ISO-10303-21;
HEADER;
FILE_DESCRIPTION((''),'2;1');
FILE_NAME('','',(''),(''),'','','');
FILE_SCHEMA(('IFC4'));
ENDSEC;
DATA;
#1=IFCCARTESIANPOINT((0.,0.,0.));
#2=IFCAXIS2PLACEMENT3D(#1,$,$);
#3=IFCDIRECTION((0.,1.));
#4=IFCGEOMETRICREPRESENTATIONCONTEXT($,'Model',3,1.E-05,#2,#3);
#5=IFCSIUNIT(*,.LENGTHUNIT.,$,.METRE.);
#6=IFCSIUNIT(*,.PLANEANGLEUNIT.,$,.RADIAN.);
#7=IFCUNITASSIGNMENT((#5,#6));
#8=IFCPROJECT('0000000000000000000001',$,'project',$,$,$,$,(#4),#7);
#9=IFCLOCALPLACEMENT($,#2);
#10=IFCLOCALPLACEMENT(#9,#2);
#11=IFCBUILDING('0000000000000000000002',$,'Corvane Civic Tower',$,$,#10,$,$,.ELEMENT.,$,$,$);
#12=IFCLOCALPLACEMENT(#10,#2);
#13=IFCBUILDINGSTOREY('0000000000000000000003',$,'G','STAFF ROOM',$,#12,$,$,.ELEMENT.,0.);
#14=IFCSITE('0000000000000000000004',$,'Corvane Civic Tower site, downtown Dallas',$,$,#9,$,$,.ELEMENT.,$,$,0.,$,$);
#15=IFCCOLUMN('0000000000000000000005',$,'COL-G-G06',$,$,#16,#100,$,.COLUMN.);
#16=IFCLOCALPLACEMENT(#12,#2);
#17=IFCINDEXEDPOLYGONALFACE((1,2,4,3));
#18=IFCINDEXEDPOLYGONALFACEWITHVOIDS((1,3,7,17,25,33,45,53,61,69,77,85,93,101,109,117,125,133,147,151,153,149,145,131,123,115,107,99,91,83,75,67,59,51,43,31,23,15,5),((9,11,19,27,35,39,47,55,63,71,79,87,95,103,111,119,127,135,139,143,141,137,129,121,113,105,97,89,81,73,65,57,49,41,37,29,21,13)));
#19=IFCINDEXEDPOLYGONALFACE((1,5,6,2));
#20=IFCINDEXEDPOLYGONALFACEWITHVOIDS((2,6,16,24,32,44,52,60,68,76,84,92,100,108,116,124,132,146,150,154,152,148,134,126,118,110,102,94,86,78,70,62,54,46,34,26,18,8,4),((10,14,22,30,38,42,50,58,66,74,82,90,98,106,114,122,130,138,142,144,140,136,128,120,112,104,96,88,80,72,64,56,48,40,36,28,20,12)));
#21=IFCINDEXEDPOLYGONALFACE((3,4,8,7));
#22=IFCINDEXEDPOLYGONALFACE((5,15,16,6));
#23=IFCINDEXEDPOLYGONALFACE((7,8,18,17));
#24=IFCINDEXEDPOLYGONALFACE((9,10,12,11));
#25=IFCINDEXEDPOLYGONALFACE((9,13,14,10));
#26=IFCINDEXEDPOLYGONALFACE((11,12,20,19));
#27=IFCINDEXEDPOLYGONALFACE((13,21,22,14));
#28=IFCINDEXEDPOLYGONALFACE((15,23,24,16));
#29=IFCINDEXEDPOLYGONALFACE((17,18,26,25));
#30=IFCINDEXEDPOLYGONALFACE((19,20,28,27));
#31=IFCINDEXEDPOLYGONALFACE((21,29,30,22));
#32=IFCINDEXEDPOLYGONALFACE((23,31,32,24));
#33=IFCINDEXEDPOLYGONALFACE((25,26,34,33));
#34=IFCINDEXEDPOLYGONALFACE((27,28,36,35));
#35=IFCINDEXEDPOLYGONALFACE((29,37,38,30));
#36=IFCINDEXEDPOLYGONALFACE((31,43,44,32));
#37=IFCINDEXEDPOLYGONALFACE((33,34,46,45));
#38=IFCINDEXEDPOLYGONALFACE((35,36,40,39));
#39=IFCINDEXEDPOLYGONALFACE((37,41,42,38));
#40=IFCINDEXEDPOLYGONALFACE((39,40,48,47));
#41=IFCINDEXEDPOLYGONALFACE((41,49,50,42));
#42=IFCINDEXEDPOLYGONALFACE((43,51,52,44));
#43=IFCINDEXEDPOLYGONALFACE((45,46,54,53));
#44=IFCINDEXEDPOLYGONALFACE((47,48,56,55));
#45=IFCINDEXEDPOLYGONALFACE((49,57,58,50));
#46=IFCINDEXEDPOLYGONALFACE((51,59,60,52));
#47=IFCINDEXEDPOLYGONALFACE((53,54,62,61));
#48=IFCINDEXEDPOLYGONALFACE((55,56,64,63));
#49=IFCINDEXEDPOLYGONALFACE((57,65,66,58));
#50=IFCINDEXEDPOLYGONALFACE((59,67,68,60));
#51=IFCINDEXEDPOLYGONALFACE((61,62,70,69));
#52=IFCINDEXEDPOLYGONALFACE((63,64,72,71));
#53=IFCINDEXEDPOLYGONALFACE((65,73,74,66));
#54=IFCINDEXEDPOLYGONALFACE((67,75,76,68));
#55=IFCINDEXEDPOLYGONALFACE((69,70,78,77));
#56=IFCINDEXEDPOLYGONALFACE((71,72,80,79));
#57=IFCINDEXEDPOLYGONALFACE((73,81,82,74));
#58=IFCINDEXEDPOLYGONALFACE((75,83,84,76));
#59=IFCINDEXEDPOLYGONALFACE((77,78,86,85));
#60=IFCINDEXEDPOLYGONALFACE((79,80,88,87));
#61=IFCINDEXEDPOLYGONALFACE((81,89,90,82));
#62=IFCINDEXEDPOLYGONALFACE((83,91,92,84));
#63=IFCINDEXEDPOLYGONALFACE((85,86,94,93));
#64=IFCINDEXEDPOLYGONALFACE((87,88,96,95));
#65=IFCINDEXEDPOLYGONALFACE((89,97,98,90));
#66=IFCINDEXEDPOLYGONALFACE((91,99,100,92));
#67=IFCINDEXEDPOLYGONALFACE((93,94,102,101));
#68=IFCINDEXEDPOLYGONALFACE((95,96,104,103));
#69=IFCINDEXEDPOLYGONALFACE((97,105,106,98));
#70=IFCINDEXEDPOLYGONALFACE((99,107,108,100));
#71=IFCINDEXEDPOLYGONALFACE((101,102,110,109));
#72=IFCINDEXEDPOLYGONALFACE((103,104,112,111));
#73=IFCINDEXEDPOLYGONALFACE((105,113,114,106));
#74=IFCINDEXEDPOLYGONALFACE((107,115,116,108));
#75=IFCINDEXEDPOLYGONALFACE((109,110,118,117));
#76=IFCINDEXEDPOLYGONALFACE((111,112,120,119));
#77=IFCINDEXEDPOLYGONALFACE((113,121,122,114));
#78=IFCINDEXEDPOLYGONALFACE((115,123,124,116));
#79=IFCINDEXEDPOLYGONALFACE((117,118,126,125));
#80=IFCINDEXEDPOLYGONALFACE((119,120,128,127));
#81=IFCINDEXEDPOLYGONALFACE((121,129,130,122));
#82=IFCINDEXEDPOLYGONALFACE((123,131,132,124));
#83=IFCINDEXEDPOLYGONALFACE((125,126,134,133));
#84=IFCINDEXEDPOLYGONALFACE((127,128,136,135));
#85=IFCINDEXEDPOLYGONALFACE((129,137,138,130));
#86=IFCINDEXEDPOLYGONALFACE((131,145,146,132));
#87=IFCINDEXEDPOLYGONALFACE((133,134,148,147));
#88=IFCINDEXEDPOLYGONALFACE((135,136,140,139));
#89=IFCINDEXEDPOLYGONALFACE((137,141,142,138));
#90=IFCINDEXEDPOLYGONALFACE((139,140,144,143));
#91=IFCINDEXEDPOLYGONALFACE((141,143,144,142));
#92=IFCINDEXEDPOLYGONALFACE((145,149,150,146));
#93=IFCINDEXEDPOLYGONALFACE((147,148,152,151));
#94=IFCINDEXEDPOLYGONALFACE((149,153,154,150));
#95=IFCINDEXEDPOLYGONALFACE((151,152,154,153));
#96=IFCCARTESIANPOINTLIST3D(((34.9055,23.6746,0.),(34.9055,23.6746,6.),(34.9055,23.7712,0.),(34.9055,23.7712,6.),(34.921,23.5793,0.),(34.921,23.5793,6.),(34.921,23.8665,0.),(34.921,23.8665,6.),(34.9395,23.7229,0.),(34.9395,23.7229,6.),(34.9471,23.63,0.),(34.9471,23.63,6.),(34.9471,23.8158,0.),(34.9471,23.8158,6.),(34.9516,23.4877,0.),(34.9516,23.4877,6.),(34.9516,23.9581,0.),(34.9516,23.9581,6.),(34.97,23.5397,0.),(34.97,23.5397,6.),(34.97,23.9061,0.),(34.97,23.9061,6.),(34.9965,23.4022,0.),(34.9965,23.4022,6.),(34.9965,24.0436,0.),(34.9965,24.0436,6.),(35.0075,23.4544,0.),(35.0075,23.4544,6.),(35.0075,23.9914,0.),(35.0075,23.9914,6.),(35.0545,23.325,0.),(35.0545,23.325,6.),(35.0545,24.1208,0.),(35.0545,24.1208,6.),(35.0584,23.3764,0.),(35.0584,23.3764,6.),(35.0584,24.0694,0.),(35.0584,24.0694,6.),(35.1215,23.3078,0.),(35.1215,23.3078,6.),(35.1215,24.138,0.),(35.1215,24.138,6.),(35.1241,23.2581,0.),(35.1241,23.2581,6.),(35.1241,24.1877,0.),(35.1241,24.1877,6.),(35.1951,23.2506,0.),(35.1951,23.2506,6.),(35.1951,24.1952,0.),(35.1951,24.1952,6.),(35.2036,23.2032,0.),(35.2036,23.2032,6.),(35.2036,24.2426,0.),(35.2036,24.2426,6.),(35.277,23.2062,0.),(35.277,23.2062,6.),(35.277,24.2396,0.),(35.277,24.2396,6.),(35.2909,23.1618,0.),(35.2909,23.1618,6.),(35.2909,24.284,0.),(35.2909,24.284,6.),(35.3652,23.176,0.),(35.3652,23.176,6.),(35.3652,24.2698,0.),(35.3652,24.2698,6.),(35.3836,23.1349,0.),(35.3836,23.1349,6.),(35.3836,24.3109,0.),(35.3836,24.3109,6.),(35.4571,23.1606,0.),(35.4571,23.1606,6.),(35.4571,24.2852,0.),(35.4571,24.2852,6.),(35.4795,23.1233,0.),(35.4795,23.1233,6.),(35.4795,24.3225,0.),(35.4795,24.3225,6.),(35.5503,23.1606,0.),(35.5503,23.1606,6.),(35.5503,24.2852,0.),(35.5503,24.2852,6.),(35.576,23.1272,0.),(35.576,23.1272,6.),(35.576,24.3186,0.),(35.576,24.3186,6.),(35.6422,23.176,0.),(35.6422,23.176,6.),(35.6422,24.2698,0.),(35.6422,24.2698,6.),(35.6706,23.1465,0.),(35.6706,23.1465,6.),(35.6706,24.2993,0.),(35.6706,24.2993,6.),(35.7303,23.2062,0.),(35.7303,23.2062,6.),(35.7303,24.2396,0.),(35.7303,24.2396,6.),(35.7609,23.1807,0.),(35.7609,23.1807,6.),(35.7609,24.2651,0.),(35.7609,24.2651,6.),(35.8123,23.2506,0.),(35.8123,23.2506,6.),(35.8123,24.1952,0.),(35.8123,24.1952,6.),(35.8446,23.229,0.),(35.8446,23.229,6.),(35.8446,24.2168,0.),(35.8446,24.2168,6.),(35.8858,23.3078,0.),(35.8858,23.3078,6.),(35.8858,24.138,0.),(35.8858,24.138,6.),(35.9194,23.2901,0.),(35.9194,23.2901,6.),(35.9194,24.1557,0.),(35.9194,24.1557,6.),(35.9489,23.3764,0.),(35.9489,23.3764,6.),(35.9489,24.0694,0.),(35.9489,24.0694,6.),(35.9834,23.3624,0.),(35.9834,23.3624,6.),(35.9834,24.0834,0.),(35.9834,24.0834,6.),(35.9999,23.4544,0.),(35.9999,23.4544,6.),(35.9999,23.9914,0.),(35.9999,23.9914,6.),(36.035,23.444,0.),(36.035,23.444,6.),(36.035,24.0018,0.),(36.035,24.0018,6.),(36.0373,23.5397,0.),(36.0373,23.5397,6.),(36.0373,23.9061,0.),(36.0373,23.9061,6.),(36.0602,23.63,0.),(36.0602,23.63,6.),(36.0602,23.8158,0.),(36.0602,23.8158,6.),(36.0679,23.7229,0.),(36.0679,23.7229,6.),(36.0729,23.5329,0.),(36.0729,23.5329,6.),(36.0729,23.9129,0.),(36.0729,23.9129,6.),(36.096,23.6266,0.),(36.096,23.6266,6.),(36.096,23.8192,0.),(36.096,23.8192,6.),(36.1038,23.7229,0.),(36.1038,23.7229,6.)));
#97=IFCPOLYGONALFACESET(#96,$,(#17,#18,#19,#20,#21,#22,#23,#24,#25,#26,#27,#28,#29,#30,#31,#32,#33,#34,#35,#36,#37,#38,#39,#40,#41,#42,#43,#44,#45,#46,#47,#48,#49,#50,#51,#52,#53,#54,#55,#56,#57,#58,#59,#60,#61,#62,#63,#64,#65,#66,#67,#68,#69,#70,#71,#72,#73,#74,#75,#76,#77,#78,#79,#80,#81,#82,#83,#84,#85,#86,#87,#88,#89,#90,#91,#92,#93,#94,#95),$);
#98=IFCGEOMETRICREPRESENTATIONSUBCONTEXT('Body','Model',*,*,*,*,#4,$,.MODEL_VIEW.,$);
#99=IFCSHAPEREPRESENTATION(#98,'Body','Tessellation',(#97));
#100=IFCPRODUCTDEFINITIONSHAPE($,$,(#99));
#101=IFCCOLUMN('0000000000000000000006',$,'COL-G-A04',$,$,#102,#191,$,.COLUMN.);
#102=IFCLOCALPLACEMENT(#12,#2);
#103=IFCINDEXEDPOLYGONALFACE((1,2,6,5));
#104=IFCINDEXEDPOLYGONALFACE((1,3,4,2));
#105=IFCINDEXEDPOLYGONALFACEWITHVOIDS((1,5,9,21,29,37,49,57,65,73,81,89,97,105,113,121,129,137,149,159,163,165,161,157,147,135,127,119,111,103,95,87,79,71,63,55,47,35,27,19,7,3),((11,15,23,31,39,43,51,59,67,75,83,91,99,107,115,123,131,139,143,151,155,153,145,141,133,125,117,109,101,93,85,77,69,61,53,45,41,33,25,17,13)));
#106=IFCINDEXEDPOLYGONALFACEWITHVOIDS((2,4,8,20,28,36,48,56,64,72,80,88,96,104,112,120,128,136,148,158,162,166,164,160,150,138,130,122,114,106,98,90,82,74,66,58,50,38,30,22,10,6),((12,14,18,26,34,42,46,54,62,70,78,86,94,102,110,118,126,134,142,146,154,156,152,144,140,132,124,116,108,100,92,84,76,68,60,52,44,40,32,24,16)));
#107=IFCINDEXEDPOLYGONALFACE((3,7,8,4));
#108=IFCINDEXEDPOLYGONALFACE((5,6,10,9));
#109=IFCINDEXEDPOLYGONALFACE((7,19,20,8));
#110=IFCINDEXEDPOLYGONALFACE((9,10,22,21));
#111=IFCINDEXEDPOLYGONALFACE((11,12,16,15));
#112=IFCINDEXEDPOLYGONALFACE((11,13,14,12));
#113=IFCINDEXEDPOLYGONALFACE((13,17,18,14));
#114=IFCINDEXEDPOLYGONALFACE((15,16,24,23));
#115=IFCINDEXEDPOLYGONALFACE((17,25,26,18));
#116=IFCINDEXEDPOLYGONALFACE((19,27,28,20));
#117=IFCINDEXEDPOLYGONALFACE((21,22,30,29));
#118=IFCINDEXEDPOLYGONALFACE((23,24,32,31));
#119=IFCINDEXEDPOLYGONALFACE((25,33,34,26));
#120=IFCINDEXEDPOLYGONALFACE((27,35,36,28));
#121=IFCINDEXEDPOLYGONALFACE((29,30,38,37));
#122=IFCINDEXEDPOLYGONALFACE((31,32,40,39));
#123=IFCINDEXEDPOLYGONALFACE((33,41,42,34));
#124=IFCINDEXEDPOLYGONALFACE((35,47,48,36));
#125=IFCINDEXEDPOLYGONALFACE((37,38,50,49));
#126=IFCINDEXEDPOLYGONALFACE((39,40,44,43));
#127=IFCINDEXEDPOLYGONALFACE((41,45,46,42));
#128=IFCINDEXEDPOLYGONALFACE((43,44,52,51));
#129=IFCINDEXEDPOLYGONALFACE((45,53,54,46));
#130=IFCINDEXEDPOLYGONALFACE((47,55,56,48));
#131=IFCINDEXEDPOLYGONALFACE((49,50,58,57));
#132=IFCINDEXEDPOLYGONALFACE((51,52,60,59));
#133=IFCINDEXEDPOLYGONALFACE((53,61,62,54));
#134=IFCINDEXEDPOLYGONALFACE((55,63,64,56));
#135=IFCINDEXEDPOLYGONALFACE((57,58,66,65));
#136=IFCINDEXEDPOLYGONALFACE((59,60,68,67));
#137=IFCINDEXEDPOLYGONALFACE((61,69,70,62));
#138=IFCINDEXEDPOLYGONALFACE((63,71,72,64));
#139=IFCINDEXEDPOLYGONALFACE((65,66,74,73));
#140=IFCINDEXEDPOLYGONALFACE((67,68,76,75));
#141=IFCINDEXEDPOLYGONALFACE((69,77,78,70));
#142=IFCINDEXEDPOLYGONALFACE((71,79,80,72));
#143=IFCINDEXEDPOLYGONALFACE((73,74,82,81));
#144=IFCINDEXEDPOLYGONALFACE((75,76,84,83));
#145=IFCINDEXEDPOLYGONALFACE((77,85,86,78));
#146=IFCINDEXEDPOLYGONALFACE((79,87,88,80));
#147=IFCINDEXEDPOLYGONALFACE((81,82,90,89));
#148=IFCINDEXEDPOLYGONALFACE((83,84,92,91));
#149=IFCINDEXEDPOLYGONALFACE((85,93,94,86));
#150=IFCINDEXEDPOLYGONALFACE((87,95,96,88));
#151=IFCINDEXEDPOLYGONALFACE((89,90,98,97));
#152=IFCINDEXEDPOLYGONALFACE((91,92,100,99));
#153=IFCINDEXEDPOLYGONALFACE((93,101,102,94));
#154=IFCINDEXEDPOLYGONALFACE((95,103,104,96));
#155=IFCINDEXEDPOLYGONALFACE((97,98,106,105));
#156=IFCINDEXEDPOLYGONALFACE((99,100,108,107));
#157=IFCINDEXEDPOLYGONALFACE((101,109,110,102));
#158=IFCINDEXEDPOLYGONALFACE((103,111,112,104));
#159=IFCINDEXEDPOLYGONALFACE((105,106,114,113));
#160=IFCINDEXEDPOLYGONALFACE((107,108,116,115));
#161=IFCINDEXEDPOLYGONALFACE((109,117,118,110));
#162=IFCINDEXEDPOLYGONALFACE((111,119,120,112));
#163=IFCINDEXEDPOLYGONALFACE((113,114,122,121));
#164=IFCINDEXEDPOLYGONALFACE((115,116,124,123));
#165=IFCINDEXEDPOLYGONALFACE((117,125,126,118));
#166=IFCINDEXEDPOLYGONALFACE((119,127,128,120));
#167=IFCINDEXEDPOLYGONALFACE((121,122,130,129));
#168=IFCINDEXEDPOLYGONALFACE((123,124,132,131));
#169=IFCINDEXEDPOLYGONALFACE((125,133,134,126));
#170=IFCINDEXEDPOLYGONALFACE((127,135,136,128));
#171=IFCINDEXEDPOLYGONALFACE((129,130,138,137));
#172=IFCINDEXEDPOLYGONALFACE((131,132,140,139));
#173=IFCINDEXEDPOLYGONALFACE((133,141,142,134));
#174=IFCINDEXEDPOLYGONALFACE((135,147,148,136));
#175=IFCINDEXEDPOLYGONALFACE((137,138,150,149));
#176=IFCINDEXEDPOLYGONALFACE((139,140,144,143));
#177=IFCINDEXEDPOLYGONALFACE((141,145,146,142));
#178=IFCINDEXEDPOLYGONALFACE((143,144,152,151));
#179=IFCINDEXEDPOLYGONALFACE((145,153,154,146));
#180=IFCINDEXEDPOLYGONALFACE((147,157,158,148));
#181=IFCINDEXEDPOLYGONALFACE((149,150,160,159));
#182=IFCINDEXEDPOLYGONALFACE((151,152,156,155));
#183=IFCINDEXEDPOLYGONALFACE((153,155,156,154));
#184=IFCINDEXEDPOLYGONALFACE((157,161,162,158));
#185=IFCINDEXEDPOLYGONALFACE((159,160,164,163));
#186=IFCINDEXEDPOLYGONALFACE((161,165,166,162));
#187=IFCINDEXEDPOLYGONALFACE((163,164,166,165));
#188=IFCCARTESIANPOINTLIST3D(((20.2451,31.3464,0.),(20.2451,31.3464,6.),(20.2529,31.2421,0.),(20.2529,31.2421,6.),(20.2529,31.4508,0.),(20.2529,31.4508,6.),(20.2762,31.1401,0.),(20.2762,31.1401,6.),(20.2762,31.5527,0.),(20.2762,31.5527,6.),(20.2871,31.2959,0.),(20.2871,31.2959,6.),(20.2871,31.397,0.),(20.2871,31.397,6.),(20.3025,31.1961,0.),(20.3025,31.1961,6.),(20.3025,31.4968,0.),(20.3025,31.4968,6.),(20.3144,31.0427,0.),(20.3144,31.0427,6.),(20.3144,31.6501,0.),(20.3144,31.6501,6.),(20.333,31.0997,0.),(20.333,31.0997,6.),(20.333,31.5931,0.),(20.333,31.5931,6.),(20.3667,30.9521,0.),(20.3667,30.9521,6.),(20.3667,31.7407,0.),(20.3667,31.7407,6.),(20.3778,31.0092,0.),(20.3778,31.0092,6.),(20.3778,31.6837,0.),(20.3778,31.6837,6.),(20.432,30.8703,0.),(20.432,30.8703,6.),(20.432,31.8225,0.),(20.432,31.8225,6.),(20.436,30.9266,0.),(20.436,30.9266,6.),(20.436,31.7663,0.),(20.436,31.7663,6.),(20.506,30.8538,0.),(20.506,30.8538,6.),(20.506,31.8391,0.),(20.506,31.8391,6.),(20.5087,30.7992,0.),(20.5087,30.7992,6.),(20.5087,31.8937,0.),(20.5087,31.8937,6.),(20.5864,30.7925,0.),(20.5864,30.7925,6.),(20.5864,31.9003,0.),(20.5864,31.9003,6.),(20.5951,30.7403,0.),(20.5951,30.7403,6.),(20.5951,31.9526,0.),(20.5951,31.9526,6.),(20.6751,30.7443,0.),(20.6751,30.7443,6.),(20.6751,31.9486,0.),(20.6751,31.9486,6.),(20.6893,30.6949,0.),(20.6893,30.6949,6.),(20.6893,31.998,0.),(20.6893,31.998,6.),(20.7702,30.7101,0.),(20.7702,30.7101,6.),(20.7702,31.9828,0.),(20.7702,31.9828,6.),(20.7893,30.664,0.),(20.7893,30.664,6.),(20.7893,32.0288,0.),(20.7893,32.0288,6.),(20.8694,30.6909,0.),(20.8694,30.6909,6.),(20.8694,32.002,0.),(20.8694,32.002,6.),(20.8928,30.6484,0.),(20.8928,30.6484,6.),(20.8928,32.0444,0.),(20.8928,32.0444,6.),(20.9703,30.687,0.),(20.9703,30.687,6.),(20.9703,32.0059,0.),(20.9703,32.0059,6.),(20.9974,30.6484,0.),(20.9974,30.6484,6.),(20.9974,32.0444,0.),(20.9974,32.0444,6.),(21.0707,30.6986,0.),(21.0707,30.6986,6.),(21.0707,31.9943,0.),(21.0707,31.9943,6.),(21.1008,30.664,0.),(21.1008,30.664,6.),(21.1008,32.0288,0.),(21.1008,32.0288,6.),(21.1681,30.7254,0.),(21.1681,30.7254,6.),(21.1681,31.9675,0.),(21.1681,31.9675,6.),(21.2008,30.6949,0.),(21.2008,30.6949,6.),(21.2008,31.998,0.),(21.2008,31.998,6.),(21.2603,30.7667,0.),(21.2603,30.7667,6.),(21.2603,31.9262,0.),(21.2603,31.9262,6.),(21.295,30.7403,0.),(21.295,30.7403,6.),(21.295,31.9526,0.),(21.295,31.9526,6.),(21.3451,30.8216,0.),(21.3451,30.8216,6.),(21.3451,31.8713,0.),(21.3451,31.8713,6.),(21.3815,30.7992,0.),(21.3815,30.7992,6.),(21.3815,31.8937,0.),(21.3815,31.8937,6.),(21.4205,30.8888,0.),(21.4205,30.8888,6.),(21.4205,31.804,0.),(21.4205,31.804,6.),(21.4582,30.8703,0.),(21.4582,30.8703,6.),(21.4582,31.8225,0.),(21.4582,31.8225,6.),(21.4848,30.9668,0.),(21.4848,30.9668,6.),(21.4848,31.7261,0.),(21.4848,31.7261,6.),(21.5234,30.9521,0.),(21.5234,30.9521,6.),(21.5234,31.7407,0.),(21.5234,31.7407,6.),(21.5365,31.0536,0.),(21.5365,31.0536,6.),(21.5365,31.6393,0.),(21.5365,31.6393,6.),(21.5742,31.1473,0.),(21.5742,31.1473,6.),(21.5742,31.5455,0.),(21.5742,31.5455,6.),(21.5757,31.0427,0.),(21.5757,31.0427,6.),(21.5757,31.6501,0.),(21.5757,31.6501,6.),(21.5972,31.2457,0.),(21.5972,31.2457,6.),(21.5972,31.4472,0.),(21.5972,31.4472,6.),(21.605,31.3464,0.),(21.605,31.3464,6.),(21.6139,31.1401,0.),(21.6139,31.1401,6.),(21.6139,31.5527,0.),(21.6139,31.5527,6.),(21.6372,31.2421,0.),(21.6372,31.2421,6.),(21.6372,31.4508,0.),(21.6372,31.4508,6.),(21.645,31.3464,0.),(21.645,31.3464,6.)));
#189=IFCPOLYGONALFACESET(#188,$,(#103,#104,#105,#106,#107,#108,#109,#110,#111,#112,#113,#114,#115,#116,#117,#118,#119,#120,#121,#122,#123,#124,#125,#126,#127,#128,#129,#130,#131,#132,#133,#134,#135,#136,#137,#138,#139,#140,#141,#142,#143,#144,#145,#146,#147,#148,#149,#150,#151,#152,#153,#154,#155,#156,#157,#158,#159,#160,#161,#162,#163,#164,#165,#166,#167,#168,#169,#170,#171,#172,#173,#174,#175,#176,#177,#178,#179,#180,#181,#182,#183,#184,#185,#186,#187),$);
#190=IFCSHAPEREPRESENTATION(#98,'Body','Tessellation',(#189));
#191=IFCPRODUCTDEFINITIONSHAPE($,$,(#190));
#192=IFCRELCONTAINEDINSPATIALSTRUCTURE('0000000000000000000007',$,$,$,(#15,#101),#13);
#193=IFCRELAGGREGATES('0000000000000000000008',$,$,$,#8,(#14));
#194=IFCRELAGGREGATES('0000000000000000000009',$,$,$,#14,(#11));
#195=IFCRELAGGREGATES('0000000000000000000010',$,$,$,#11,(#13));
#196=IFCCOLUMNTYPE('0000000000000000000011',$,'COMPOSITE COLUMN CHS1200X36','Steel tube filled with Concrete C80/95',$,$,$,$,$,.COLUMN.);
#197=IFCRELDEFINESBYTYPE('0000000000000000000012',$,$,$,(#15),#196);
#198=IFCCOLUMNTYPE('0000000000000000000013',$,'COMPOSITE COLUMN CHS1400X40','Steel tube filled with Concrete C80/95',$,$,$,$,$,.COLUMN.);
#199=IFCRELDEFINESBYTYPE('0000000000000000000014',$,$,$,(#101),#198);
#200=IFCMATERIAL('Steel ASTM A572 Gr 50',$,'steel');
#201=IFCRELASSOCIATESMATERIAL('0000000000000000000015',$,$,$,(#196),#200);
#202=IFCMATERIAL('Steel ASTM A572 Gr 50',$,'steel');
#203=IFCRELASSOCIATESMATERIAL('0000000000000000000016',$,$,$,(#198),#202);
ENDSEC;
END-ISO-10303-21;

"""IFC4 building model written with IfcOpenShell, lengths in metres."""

from ifc_helpers import new_model, si_unit, direction, frame, origin, origin_2d, place, context, subcontext, project, spatial, hollow_circle, extrude, material, material_profile, profile_set, type_object, element, save


model = new_model("IFC4")

# Units and contexts
model_context = context("Model", 3, precision=1e-05, world=origin(), true_north=direction((0.0, 1.0)))
body_context = subcontext(model_context, "Body", "Model", "MODEL_VIEW")
ifc_project = project(units=[si_unit("LENGTHUNIT", "METRE"), si_unit("PLANEANGLEUNIT", "RADIAN")], contexts=[model_context])

# Site, building, storey
site_placement = place(None, origin())
site = spatial("IfcSite", under=ifc_project, at=site_placement, Name="Corvane Civic Tower site, downtown Dallas", CompositionType="ELEMENT", RefElevation=0.0)
building_placement = place(site_placement, origin())
building = spatial("IfcBuilding", under=site, at=building_placement, Name="Corvane Civic Tower", CompositionType="ELEMENT")
storey_placement = place(building_placement, origin())
storey = spatial("IfcBuildingStorey", under=building, at=storey_placement, Name="G", Description="STAFF ROOM", CompositionType="ELEMENT", Elevation=0.0)

# Columns
ifc_material_1 = material(Name="Steel ASTM A572 Gr 50", Category="steel")
ifc_material_profile_1 = material_profile(ifc_material_1, hollow_circle(Radius=0.6001, WallThickness=0.0359, at=origin_2d()), Name="CHS1200X36")
ifc_profile_set_1 = profile_set([ifc_material_profile_1], Name="Steel ASTM A572 Gr 50")
column_type_1 = type_object("IfcColumnType", Name="COMPOSITE COLUMN CHS1200X36", Description="Steel tube filled with Concrete C80/95", PredefinedType="COLUMN", material=ifc_profile_set_1)
for number, where, z_axis, x_axis, name in (
    (1, (35.5037, 23.7229, 0.0), (0.0, 0.0, 1.0), (1.0, 0.0, 0.0), "COL-G-G06"),
):
    element("IfcColumn", number, at=place(storey_placement, frame(where, z_axis=z_axis, x_axis=x_axis)), inside=storey, type_object=column_type_1, Name=name, PredefinedType="COLUMN", context=body_context, shape_type="SweptSolid", body=[
        extrude(hollow_circle(Radius=0.6001, WallThickness=0.0359, at=origin_2d()), origin(), (0.0, 0.0, 1.0), 6.0),
    ])
ifc_material_2 = material(Name="Steel ASTM A572 Gr 50", Category="steel")
ifc_material_profile_2 = material_profile(ifc_material_2, hollow_circle(Radius=0.7, WallThickness=0.04, at=origin_2d()), Name="CHS1400X40")
ifc_profile_set_2 = profile_set([ifc_material_profile_2], Name="Steel ASTM A572 Gr 50")
column_type_2 = type_object("IfcColumnType", Name="COMPOSITE COLUMN CHS1400X40", Description="Steel tube filled with Concrete C80/95", PredefinedType="COLUMN", material=ifc_profile_set_2)
for number, where, z_axis, x_axis, name in (
    (2, (20.9451, 31.3464, 0.0), (0.0, 0.0, 1.0), (1.0, 0.0, 0.0), "COL-G-A04"),
):
    element("IfcColumn", number, at=place(storey_placement, frame(where, z_axis=z_axis, x_axis=x_axis)), inside=storey, type_object=column_type_2, Name=name, PredefinedType="COLUMN", context=body_context, shape_type="SweptSolid", body=[
        extrude(hollow_circle(Radius=0.7, WallThickness=0.04, at=origin_2d()), origin(), (0.0, 0.0, 1.0), 6.0),
    ])

save(model, "model.ifc")
